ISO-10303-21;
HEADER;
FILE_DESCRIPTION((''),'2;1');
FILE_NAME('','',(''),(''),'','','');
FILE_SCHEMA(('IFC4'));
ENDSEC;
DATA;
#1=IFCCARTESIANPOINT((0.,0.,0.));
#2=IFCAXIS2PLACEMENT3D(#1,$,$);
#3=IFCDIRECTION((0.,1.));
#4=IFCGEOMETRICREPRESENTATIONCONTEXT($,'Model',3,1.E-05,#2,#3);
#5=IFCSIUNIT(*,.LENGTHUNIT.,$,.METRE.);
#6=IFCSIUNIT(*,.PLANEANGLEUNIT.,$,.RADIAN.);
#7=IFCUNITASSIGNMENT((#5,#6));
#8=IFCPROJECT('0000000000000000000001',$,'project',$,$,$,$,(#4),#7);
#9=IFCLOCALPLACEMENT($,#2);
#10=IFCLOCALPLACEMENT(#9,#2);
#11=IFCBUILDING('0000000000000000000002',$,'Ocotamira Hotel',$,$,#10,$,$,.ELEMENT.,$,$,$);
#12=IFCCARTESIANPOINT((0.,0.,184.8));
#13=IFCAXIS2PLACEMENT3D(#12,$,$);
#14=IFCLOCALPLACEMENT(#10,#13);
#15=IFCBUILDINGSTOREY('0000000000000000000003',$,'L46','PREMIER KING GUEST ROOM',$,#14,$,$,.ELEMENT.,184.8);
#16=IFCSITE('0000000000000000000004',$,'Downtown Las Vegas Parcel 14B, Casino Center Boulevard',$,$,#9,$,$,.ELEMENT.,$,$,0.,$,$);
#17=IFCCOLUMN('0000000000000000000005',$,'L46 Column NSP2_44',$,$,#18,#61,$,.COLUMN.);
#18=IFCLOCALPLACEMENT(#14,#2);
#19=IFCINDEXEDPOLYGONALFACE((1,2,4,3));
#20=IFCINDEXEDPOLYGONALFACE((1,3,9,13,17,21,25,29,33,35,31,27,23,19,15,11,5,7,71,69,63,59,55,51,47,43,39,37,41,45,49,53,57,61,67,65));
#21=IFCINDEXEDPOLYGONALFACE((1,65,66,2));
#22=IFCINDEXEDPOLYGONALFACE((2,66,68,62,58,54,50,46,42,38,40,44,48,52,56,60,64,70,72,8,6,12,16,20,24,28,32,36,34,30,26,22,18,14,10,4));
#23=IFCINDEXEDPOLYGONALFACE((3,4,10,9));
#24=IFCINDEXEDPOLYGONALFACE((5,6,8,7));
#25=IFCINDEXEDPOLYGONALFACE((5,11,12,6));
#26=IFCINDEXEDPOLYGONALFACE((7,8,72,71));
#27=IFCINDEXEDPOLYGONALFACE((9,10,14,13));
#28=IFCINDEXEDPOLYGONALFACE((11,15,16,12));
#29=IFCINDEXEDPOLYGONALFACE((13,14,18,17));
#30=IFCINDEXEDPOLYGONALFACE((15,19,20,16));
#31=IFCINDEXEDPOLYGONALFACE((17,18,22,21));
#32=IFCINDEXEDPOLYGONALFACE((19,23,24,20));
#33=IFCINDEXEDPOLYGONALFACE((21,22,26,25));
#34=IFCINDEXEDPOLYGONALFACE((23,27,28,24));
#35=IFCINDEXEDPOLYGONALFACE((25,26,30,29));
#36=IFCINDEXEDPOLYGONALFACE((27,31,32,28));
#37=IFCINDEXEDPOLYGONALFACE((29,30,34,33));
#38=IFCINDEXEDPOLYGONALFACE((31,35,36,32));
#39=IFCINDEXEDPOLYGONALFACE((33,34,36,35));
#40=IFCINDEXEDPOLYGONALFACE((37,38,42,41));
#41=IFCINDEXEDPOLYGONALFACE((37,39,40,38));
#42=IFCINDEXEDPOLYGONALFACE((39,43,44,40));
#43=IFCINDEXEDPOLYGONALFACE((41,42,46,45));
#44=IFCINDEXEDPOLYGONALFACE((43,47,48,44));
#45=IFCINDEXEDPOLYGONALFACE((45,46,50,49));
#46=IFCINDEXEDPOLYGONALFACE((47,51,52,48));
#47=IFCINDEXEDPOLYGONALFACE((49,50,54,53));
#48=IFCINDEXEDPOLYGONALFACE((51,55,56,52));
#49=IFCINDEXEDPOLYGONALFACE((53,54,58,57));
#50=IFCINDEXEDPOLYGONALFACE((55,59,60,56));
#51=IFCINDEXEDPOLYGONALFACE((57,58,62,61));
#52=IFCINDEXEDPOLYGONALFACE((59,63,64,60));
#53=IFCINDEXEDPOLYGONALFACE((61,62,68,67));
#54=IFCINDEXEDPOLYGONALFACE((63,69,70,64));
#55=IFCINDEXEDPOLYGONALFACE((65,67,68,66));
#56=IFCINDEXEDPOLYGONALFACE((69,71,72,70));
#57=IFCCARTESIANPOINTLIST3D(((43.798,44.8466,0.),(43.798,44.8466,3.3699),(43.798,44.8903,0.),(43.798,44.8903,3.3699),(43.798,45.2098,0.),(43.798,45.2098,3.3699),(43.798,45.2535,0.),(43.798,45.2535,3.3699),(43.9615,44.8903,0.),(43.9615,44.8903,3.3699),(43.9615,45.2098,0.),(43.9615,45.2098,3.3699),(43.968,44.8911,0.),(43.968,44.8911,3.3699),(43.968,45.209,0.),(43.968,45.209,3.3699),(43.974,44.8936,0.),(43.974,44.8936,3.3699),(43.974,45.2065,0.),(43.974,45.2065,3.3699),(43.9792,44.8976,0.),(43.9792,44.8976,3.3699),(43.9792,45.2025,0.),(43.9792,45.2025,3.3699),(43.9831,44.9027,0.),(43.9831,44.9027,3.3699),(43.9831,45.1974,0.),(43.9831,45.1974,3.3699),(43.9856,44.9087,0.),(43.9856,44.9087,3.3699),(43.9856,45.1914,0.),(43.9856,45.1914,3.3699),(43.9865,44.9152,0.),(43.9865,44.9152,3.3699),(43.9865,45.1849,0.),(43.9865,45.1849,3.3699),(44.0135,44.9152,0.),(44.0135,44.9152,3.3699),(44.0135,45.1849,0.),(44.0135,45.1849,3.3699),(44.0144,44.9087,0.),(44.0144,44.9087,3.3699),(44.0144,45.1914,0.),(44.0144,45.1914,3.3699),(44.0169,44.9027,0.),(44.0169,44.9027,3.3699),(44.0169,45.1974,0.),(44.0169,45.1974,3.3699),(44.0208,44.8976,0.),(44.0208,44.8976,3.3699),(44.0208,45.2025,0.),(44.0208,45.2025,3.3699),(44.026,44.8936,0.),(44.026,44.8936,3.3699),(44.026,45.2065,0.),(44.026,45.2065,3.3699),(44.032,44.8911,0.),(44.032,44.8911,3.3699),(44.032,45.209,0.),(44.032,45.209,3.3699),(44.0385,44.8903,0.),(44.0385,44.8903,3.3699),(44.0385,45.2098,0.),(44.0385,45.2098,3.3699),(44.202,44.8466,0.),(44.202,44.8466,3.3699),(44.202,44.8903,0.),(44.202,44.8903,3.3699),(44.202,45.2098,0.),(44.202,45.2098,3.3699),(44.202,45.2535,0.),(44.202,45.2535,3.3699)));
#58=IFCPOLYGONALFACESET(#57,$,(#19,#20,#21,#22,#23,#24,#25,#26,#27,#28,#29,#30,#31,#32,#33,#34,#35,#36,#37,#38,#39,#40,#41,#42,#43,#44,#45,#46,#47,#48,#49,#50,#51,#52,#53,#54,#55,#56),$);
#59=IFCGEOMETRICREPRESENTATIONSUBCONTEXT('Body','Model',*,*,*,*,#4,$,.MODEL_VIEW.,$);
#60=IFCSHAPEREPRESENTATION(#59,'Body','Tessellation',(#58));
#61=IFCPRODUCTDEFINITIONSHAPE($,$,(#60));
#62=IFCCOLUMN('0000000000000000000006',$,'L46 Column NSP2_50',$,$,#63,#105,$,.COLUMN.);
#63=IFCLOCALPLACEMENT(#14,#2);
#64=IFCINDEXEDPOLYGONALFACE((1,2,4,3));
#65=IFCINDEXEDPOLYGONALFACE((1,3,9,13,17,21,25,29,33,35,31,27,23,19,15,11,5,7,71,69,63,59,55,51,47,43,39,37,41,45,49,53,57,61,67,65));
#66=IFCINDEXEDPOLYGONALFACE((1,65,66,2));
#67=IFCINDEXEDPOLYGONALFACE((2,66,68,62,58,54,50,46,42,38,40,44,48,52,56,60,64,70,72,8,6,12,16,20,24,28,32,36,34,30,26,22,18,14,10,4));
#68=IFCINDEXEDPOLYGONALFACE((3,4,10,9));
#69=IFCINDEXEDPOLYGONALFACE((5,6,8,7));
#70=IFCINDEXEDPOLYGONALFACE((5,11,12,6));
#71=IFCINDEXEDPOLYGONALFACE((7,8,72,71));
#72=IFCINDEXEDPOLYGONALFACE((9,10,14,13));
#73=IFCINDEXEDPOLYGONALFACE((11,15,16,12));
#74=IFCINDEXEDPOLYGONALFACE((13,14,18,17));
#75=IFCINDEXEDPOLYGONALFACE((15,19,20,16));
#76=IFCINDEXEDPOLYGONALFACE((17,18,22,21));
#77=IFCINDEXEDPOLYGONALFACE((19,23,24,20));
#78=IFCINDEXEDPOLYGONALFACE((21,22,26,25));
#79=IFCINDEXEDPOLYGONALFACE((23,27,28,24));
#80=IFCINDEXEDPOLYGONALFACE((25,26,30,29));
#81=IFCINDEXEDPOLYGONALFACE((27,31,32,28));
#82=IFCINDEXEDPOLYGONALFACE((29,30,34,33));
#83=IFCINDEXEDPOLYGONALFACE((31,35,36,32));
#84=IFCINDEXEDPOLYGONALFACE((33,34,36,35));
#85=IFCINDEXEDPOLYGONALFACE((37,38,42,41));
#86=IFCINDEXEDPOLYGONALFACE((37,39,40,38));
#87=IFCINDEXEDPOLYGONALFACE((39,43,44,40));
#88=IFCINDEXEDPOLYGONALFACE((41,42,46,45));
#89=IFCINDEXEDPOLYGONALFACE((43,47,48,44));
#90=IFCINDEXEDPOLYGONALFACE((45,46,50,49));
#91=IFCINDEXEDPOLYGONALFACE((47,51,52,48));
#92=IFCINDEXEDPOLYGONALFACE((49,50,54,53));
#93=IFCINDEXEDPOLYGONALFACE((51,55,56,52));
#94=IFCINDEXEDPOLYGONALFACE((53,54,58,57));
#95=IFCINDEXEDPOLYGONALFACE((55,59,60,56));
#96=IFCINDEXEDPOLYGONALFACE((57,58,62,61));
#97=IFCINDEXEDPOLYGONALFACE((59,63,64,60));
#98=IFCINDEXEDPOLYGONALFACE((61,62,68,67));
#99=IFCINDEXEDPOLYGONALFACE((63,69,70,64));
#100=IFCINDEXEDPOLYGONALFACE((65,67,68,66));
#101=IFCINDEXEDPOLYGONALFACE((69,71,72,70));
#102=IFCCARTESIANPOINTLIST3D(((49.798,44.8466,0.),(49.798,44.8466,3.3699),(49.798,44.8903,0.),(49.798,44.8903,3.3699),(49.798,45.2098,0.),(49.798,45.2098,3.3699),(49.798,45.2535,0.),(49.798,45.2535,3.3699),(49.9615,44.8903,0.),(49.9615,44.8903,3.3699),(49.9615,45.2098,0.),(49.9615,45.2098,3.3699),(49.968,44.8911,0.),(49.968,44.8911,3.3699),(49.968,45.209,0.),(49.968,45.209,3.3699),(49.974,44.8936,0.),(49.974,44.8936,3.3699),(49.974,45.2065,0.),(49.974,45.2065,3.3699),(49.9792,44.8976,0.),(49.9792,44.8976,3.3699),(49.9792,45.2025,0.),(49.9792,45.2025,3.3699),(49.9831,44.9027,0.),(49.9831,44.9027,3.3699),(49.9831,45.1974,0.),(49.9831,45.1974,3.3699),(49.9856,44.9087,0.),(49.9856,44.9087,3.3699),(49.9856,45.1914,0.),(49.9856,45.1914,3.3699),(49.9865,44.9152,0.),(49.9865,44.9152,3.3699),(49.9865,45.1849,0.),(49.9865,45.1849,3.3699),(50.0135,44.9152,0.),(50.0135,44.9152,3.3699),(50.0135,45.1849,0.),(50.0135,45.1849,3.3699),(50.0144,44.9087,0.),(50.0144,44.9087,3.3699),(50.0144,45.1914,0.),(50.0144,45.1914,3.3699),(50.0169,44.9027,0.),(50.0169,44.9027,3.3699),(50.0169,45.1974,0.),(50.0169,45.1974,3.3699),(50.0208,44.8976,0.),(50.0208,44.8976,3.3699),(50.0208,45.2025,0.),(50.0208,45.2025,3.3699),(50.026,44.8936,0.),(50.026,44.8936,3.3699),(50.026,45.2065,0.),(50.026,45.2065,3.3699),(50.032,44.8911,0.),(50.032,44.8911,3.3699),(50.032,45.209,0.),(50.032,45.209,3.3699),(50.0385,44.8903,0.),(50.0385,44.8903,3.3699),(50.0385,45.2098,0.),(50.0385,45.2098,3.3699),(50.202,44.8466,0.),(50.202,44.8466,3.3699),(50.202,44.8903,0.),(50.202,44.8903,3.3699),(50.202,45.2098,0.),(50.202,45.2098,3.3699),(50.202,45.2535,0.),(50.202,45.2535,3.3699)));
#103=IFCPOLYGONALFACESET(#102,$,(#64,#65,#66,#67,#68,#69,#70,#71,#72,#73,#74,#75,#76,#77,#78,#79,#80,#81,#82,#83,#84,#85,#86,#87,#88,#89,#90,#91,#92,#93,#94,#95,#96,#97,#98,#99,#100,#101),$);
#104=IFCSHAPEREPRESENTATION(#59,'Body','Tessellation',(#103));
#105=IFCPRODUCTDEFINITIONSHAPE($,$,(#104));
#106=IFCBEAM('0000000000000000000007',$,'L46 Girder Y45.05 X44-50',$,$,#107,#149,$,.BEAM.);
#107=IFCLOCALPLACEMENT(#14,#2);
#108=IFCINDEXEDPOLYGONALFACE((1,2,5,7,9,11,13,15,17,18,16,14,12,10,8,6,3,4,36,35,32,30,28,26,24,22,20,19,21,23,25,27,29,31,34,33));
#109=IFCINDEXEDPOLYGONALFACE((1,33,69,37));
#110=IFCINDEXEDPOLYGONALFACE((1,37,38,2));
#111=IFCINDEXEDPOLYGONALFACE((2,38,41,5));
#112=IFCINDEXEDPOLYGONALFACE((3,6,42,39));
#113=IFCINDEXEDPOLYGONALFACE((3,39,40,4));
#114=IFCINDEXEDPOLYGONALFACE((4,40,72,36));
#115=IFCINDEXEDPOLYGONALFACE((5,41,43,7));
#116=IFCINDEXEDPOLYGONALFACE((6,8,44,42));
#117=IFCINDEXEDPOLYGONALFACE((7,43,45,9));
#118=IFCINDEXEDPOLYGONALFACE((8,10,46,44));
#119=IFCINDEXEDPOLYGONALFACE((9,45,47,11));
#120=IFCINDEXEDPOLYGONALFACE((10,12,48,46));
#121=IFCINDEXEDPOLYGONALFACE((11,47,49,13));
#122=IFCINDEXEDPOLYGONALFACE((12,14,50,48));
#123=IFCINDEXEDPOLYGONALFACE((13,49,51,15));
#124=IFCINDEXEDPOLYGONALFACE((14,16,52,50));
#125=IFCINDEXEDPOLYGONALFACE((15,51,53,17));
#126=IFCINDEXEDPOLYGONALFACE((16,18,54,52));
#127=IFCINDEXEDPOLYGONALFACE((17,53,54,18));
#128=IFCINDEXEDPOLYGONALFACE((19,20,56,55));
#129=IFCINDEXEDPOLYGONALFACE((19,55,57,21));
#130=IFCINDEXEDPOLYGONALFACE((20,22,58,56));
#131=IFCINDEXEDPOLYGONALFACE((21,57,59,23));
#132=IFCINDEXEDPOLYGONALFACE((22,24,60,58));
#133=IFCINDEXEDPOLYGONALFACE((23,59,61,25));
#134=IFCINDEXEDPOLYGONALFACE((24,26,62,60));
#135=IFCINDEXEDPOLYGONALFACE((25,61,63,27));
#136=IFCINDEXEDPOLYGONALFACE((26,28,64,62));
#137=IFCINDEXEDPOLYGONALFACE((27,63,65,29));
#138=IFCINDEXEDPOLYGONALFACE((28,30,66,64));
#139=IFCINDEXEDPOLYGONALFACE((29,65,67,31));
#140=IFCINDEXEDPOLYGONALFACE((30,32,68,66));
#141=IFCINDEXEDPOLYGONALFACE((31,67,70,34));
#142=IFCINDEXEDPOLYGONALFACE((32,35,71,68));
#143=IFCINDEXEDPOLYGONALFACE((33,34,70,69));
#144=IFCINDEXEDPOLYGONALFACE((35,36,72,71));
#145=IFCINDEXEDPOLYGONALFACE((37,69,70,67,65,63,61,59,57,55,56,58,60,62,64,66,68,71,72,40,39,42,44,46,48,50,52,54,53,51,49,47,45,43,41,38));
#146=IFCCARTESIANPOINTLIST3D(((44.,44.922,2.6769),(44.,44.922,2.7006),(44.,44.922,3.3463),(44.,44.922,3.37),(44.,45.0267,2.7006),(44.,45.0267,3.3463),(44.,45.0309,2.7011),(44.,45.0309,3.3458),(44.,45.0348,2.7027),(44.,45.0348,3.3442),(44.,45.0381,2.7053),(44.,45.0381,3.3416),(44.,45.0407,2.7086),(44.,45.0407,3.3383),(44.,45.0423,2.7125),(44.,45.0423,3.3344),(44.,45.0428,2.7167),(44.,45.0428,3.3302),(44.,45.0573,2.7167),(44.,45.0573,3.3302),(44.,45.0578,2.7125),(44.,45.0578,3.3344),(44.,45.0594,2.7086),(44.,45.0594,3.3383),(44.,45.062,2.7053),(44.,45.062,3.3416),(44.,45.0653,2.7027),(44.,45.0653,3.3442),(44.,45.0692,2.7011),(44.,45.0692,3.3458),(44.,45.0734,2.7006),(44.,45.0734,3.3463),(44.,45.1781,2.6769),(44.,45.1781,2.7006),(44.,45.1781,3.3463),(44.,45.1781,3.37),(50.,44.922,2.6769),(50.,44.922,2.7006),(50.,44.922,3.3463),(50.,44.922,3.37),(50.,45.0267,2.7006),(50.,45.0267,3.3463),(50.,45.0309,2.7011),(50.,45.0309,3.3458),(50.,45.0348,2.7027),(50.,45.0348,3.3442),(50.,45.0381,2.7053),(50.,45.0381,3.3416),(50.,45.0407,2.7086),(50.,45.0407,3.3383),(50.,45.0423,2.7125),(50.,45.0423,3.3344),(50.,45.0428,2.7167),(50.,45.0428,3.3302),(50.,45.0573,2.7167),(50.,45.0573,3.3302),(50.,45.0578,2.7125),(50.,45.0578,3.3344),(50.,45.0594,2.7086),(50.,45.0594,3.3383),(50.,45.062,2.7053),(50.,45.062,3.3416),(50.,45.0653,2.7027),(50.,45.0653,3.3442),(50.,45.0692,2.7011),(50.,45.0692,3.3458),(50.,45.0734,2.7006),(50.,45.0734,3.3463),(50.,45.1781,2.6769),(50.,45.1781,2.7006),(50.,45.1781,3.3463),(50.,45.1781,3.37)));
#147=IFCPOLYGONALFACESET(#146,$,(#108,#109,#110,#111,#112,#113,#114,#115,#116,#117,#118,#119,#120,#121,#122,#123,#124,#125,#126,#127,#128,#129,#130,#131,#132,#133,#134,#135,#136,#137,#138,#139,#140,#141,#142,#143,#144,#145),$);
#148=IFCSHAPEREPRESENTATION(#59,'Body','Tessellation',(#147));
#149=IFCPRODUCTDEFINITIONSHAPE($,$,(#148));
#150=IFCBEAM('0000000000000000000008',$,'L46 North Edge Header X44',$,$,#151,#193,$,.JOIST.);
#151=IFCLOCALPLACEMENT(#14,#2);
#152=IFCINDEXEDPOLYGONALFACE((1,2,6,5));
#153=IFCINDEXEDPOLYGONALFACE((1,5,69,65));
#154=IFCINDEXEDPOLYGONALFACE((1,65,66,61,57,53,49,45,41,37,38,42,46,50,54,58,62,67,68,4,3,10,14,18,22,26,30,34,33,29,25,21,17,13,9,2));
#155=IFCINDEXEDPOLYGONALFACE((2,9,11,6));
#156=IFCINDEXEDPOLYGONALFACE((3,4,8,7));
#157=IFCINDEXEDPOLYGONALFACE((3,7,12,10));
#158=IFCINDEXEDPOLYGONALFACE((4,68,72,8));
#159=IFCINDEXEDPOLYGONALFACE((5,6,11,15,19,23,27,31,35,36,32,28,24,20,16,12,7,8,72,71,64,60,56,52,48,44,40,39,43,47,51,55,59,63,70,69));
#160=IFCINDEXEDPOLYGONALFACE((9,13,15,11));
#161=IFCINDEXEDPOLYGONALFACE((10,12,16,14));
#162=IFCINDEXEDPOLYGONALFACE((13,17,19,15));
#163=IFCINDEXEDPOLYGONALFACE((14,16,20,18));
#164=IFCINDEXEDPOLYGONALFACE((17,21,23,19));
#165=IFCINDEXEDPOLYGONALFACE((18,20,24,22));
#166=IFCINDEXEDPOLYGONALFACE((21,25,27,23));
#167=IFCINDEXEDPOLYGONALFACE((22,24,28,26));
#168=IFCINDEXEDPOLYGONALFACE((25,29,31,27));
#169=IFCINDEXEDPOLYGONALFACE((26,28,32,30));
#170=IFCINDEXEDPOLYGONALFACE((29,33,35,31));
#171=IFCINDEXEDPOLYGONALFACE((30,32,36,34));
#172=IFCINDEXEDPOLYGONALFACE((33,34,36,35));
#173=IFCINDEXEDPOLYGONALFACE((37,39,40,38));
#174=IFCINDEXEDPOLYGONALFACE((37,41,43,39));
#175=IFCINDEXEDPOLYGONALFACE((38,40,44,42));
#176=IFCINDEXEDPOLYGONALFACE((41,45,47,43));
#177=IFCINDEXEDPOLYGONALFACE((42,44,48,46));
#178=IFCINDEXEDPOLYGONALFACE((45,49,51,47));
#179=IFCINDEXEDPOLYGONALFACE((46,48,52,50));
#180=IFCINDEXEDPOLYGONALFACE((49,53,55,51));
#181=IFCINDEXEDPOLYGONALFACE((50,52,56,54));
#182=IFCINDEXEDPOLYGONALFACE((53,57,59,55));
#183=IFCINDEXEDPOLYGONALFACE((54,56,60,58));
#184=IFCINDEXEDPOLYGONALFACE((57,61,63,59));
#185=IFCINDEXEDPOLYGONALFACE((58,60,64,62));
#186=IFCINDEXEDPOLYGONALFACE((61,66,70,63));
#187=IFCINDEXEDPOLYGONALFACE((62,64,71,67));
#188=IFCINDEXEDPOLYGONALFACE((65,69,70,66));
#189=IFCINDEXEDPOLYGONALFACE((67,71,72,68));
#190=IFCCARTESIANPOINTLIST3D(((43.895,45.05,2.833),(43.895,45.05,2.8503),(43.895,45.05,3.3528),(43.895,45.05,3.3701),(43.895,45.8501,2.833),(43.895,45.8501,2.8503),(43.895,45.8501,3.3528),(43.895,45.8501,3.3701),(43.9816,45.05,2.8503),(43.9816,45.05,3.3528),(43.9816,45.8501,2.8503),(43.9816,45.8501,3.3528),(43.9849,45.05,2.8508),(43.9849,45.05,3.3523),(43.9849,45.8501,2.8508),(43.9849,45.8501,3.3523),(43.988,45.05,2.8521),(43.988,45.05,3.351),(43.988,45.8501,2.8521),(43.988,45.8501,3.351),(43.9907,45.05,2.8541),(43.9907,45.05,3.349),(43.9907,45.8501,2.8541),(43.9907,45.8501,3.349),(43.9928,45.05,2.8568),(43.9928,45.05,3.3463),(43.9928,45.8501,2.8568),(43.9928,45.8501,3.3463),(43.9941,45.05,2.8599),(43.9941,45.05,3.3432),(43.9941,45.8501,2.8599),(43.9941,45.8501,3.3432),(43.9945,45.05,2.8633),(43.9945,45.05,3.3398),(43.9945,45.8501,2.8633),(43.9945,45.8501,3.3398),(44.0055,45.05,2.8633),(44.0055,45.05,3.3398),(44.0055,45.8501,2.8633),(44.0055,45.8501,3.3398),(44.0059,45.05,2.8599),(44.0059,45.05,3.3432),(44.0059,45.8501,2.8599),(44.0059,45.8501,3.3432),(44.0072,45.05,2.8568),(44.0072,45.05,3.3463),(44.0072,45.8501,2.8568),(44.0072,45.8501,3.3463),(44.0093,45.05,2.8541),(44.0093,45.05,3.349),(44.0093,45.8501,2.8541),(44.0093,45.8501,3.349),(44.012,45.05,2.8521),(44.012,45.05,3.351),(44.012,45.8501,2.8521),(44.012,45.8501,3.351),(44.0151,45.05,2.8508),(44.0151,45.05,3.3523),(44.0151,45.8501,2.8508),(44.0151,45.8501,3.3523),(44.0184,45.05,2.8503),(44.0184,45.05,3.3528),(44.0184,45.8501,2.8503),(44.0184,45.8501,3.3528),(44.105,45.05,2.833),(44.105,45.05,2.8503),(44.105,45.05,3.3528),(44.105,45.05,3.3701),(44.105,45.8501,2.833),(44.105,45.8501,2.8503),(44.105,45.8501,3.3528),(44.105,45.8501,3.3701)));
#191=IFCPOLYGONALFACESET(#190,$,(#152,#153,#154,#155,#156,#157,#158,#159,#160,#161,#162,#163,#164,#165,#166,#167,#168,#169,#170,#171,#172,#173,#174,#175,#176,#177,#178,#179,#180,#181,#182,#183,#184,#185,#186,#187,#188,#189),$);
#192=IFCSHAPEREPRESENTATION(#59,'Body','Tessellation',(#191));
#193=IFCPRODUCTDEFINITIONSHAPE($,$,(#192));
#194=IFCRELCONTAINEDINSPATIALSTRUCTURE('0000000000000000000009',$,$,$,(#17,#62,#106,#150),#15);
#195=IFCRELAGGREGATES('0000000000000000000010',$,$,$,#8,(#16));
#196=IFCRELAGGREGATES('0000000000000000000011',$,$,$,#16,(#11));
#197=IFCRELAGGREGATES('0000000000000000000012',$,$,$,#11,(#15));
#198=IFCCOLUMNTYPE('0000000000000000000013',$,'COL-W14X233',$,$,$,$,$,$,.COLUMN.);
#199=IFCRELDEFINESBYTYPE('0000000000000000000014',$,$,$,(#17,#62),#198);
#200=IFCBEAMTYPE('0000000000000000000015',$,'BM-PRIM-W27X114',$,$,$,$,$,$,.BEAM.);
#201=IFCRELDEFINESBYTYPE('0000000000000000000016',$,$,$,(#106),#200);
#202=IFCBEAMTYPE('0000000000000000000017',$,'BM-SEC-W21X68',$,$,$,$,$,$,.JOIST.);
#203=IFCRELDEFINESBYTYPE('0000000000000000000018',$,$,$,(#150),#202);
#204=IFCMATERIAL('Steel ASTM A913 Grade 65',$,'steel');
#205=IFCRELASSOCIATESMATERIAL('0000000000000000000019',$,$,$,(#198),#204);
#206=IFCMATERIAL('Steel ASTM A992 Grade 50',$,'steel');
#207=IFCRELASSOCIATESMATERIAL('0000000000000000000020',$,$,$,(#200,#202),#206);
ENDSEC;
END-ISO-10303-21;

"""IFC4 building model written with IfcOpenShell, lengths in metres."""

from ifc_helpers import new_model, si_unit, direction, frame, origin, origin_2d, place, context, subcontext, project, spatial, i_section, extrude, source, transform, mapped, material, material_profile, profile_set, type_object, element, save


model = new_model("IFC4")

# Units and contexts
model_context = context("Model", 3, precision=1e-05, world=origin(), true_north=direction((0.0, 1.0)))
body_context = subcontext(model_context, "Body", "Model", "MODEL_VIEW")
ifc_project = project(units=[si_unit("LENGTHUNIT", "METRE"), si_unit("PLANEANGLEUNIT", "RADIAN")], contexts=[model_context])

# Site, building, storey
site_placement = place(None, origin())
site = spatial("IfcSite", under=ifc_project, at=site_placement, Name="Downtown Las Vegas Parcel 14B, Casino Center Boulevard", CompositionType="ELEMENT", RefElevation=0.0)
building_placement = place(site_placement, origin())
building = spatial("IfcBuilding", under=site, at=building_placement, Name="Ocotamira Hotel", CompositionType="ELEMENT")
storey_placement = place(building_placement, frame((0.0, 0.0, 184.8)))
storey = spatial("IfcBuildingStorey", under=building, at=storey_placement, Name="L46", Description="PREMIER KING GUEST ROOM", CompositionType="ELEMENT", Elevation=184.8)

# Columns
ifc_material_1 = material(Name="Steel ASTM A913 Grade 65", Category="steel")
ifc_material_profile_1 = material_profile(ifc_material_1, i_section(OverallWidth=0.4041, OverallDepth=0.407, WebThickness=0.0271, FlangeThickness=0.0437, FilletRadius=0.0249, at=origin_2d()), Name="W14X233")
ifc_profile_set_1 = profile_set([ifc_material_profile_1], Name="Steel ASTM A913 Grade 65")
column_type = type_object("IfcColumnType", Name="COL-W14X233", PredefinedType="COLUMN", material=ifc_profile_set_1)
shared_shape_1 = source(origin(), body_context, "Body", "SweptSolid", [
    extrude(i_section(OverallWidth=0.4041, OverallDepth=0.407, WebThickness=0.0271, FlangeThickness=0.0437, FilletRadius=0.0249, at=origin_2d()), origin(), (0.0, 0.0, 1.0), 3.3699),
])
for number, where, z_axis, x_axis, name in (
    (1, (44.0, 45.05, 0.0), (0.0, 0.0, 1.0), (1.0, 0.0, 0.0), "L46 Column NSP2_44"),
    (2, (50.0, 45.05, 0.0), (0.0, 0.0, 1.0), (1.0, 0.0, 0.0), "L46 Column NSP2_50"),
):
    element("IfcColumn", number, at=place(storey_placement, frame(where, z_axis=z_axis, x_axis=x_axis)), inside=storey, type_object=column_type, Name=name, PredefinedType="COLUMN", context=body_context, shape_type="MappedRepresentation", body=[
        mapped(shared_shape_1, transform((0.0, 0.0, 0.0), scale=1.0)),
    ])

# Beams
ifc_material_2 = material(Name="Steel ASTM A992 Grade 50", Category="steel")
ifc_material_profile_2 = material_profile(ifc_material_2, i_section(OverallWidth=0.2561, OverallDepth=0.6931, WebThickness=0.0144, FlangeThickness=0.0237, FilletRadius=0.0161, at=origin_2d()), Name="W27X114")
ifc_profile_set_2 = profile_set([ifc_material_profile_2], Name="Steel ASTM A992 Grade 50")
beam_type_1 = type_object("IfcBeamType", Name="BM-PRIM-W27X114", PredefinedType="BEAM", material=ifc_profile_set_2)
shared_shape_2 = source(origin(), body_context, "Body", "SweptSolid", [
    extrude(i_section(OverallWidth=0.2561, OverallDepth=0.6931, WebThickness=0.0144, FlangeThickness=0.0237, FilletRadius=0.0161, at=origin_2d()), origin(), (0.0, 0.0, 1.0), 6.0),
])
beam_1_placement = place(storey_placement, frame((44.0, 45.05, 3.0234), z_axis=(1.0, 0.0, 0.0), x_axis=(0.0, 1.0, 0.0)))
element("IfcBeam", 3, at=beam_1_placement, inside=storey, type_object=beam_type_1, Name="L46 Girder Y45.05 X44-50", PredefinedType="BEAM", context=body_context, shape_type="MappedRepresentation", body=[
    mapped(shared_shape_2, transform((0.0, 0.0, 0.0), scale=1.0)),
])
ifc_material_profile_3 = material_profile(ifc_material_2, i_section(OverallWidth=0.21, OverallDepth=0.5371, WebThickness=0.011, FlangeThickness=0.0173, FilletRadius=0.0129, at=origin_2d()), Name="W21X68")
ifc_profile_set_3 = profile_set([ifc_material_profile_3], Name="Steel ASTM A992 Grade 50")
beam_type_2 = type_object("IfcBeamType", Name="BM-SEC-W21X68", PredefinedType="JOIST", material=ifc_profile_set_3)
shared_shape_3 = source(origin(), body_context, "Body", "SweptSolid", [
    extrude(i_section(OverallWidth=0.21, OverallDepth=0.5371, WebThickness=0.011, FlangeThickness=0.0173, FilletRadius=0.0129, at=origin_2d()), origin(), (0.0, 0.0, 1.0), 0.8),
])
for number, where, z_axis, x_axis, name in (
    (4, (44.0, 45.05, 3.1016), (0.0, 1.0, 0.0), (-1.0, 0.0, 0.0), "L46 North Edge Header X44"),
):
    element("IfcBeam", number, at=place(storey_placement, frame(where, z_axis=z_axis, x_axis=x_axis)), inside=storey, type_object=beam_type_2, Name=name, PredefinedType="JOIST", context=body_context, shape_type="MappedRepresentation", body=[
        mapped(shared_shape_3, transform((0.0, 0.0, 0.0), scale=1.0)),
    ])

save(model, "model.ifc")
